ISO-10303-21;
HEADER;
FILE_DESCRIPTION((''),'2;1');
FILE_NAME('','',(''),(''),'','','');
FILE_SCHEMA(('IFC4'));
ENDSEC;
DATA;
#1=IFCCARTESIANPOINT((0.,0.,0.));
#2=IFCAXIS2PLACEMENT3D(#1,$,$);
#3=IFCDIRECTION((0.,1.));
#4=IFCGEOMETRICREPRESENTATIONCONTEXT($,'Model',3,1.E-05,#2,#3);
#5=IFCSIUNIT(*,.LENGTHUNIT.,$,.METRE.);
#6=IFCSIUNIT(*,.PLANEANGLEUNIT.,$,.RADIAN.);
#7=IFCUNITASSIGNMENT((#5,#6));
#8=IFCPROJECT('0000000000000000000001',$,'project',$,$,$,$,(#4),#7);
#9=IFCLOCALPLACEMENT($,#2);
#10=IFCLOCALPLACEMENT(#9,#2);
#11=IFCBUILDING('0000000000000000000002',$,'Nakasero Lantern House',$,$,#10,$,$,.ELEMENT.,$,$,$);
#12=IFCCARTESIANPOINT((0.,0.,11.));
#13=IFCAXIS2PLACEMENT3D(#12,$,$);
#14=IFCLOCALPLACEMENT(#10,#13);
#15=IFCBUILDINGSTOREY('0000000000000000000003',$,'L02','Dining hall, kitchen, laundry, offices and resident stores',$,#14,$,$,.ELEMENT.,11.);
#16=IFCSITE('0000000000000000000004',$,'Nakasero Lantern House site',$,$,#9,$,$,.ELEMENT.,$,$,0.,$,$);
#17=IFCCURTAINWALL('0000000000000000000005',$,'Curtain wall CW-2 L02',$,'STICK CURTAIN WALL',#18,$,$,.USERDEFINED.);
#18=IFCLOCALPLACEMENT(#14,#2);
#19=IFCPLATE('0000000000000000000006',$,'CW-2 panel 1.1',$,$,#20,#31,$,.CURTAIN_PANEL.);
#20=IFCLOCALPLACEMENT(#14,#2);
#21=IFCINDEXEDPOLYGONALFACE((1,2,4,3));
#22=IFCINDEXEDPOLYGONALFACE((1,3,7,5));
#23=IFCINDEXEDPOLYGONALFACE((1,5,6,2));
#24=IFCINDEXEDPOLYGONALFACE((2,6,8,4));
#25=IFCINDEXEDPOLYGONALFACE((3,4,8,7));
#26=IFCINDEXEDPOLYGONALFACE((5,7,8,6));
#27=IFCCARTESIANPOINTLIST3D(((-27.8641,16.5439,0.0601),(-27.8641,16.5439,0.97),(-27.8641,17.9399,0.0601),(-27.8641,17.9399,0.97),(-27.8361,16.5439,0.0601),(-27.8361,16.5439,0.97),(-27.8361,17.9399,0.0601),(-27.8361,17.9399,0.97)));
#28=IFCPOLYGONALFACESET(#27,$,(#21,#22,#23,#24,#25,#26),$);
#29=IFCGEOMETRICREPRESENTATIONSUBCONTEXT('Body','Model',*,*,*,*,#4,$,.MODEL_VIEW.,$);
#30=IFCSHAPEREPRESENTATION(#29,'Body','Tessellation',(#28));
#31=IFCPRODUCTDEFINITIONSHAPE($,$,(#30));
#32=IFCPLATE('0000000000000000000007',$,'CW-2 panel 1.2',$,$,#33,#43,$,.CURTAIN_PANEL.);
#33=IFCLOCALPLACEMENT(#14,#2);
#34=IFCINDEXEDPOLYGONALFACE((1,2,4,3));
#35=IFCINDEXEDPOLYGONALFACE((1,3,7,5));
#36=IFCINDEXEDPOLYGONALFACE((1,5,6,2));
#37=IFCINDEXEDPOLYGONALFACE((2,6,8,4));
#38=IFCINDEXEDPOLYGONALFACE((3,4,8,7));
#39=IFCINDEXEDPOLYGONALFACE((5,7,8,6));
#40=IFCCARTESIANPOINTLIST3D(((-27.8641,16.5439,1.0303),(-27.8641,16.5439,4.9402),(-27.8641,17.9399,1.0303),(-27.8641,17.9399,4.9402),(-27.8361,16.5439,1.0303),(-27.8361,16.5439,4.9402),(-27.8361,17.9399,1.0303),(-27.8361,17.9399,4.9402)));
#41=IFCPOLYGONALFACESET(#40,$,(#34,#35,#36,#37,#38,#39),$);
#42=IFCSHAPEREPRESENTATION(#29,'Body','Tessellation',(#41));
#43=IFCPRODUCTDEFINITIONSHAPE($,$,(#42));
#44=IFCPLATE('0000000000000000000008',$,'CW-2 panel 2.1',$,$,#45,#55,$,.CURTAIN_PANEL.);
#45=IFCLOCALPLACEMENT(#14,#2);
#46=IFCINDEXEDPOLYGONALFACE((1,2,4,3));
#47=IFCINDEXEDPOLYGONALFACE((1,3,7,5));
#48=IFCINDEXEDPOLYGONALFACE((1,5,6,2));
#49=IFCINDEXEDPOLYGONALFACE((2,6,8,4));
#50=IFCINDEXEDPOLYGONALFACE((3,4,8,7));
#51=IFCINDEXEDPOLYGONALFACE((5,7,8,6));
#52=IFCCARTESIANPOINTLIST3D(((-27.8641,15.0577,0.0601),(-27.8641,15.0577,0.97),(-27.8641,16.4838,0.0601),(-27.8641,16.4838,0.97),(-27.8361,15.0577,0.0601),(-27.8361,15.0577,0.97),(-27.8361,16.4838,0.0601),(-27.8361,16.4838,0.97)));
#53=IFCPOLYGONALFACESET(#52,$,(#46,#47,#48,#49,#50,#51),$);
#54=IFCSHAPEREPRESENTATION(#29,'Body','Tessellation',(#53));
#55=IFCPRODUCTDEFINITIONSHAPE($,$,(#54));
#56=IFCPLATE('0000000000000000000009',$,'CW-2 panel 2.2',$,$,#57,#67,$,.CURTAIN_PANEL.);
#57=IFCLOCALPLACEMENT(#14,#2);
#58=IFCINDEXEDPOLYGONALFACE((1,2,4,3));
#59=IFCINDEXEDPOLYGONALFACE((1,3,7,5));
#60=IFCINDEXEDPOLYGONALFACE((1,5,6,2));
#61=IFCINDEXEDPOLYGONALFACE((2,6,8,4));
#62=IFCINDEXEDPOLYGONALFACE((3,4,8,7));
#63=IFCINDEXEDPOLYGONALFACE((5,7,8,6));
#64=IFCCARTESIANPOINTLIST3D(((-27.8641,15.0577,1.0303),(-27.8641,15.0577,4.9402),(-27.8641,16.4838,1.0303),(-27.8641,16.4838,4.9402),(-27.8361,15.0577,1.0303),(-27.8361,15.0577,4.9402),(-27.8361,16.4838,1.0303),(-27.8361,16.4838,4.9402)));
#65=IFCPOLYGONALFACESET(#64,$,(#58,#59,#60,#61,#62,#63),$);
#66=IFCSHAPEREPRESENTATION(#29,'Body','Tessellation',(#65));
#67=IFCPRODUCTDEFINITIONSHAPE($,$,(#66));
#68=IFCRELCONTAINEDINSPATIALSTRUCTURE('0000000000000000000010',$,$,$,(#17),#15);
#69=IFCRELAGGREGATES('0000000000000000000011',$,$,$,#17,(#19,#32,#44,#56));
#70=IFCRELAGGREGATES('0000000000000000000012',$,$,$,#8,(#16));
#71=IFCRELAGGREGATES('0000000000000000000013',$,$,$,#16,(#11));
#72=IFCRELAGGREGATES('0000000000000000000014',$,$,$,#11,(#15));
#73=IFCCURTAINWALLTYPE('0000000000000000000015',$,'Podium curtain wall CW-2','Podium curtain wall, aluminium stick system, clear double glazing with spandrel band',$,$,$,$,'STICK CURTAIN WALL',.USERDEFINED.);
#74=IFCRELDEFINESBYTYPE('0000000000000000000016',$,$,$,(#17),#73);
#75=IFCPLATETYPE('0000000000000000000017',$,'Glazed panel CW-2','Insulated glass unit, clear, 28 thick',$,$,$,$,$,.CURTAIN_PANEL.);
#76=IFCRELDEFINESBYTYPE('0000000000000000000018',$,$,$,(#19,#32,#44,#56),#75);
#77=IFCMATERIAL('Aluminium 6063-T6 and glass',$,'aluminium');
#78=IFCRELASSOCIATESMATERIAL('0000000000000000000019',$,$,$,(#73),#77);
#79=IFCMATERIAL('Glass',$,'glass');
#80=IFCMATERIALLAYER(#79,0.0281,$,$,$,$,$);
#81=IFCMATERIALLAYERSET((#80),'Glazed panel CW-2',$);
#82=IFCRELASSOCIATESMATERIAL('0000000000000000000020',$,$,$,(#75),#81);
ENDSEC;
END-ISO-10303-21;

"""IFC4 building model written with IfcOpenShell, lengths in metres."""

from ifc_helpers import new_model, si_unit, direction, frame, origin, origin_2d, place, context, subcontext, project, spatial, rectangle, extrude, material, layer, layer_set, type_object, element, aggregate, save


model = new_model("IFC4")

# Units and contexts
model_context = context("Model", 3, precision=1e-05, world=origin(), true_north=direction((0.0, 1.0)))
body_context = subcontext(model_context, "Body", "Model", "MODEL_VIEW")
ifc_project = project(units=[si_unit("LENGTHUNIT", "METRE"), si_unit("PLANEANGLEUNIT", "RADIAN")], contexts=[model_context])

# Site, building, storey
site_placement = place(None, origin())
site = spatial("IfcSite", under=ifc_project, at=site_placement, Name="Nakasero Lantern House site", CompositionType="ELEMENT", RefElevation=0.0)
building_placement = place(site_placement, origin())
building = spatial("IfcBuilding", under=site, at=building_placement, Name="Nakasero Lantern House", CompositionType="ELEMENT")
storey_placement = place(building_placement, frame((0.0, 0.0, 11.0)))
storey = spatial("IfcBuildingStorey", under=building, at=storey_placement, Name="L02", Description="Dining hall, kitchen, laundry, offices and resident stores", CompositionType="ELEMENT", Elevation=11.0)

# Curtain wall
ifc_material_1 = material(Name="Aluminium 6063-T6 and glass", Category="aluminium")
curtain_wall_type = type_object("IfcCurtainWallType", Name="Podium curtain wall CW-2", Description="Podium curtain wall, aluminium stick system, clear double glazing with spandrel band", ElementType="STICK CURTAIN WALL", PredefinedType="USERDEFINED", material=ifc_material_1)
curtain_wall_1_placement = place(storey_placement, origin())
curtain_wall_1 = element("IfcCurtainWall", 1, at=curtain_wall_1_placement, inside=storey, type_object=curtain_wall_type, Name="Curtain wall CW-2 L02", ObjectType="STICK CURTAIN WALL", PredefinedType="USERDEFINED")

# Plates
ifc_material_2 = material(Name="Glass", Category="glass")
ifc_layer = layer(ifc_material_2, 0.0281)
ifc_layer_set = layer_set([ifc_layer], Name="Glazed panel CW-2")
plate_type = type_object("IfcPlateType", Name="Glazed panel CW-2", Description="Insulated glass unit, clear, 28 thick", PredefinedType="CURTAIN_PANEL", material=ifc_layer_set)
plate_1_placement = place(storey_placement, frame((-27.8501, 17.2419, 0.0601), z_axis=(0.0, 0.0, 1.0), x_axis=(0.0, -1.0, 0.0)))
plate_1 = element("IfcPlate", 2, at=plate_1_placement, type_object=plate_type, Name="CW-2 panel 1.1", PredefinedType="CURTAIN_PANEL", context=body_context, shape_type="SweptSolid", body=[
    extrude(rectangle(XDim=1.396, YDim=0.0281, at=origin_2d()), origin(), (0.0, 0.0, 1.0), 0.9099),
])
plate_2_placement = place(storey_placement, frame((-27.8501, 17.2419, 1.0303), z_axis=(0.0, 0.0, 1.0), x_axis=(0.0, -1.0, 0.0)))
plate_2 = element("IfcPlate", 3, at=plate_2_placement, type_object=plate_type, Name="CW-2 panel 1.2", PredefinedType="CURTAIN_PANEL", context=body_context, shape_type="SweptSolid", body=[
    extrude(rectangle(XDim=1.396, YDim=0.0281, at=origin_2d()), origin(), (0.0, 0.0, 1.0), 3.9099),
])
plate_3_placement = place(storey_placement, frame((-27.8501, 15.7708, 0.0601), z_axis=(0.0, 0.0, 1.0), x_axis=(0.0, -1.0, 0.0)))
plate_3 = element("IfcPlate", 4, at=plate_3_placement, type_object=plate_type, Name="CW-2 panel 2.1", PredefinedType="CURTAIN_PANEL", context=body_context, shape_type="SweptSolid", body=[
    extrude(rectangle(XDim=1.426, YDim=0.0281, at=origin_2d()), origin(), (0.0, 0.0, 1.0), 0.9099),
])
plate_4_placement = place(storey_placement, frame((-27.8501, 15.7708, 1.0303), z_axis=(0.0, 0.0, 1.0), x_axis=(0.0, -1.0, 0.0)))
plate_4 = element("IfcPlate", 5, at=plate_4_placement, type_object=plate_type, Name="CW-2 panel 2.2", PredefinedType="CURTAIN_PANEL", context=body_context, shape_type="SweptSolid", body=[
    extrude(rectangle(XDim=1.426, YDim=0.0281, at=origin_2d()), origin(), (0.0, 0.0, 1.0), 3.9099),
])
aggregate(curtain_wall_1, [plate_1, plate_2, plate_3, plate_4])

save(model, "model.ifc")
